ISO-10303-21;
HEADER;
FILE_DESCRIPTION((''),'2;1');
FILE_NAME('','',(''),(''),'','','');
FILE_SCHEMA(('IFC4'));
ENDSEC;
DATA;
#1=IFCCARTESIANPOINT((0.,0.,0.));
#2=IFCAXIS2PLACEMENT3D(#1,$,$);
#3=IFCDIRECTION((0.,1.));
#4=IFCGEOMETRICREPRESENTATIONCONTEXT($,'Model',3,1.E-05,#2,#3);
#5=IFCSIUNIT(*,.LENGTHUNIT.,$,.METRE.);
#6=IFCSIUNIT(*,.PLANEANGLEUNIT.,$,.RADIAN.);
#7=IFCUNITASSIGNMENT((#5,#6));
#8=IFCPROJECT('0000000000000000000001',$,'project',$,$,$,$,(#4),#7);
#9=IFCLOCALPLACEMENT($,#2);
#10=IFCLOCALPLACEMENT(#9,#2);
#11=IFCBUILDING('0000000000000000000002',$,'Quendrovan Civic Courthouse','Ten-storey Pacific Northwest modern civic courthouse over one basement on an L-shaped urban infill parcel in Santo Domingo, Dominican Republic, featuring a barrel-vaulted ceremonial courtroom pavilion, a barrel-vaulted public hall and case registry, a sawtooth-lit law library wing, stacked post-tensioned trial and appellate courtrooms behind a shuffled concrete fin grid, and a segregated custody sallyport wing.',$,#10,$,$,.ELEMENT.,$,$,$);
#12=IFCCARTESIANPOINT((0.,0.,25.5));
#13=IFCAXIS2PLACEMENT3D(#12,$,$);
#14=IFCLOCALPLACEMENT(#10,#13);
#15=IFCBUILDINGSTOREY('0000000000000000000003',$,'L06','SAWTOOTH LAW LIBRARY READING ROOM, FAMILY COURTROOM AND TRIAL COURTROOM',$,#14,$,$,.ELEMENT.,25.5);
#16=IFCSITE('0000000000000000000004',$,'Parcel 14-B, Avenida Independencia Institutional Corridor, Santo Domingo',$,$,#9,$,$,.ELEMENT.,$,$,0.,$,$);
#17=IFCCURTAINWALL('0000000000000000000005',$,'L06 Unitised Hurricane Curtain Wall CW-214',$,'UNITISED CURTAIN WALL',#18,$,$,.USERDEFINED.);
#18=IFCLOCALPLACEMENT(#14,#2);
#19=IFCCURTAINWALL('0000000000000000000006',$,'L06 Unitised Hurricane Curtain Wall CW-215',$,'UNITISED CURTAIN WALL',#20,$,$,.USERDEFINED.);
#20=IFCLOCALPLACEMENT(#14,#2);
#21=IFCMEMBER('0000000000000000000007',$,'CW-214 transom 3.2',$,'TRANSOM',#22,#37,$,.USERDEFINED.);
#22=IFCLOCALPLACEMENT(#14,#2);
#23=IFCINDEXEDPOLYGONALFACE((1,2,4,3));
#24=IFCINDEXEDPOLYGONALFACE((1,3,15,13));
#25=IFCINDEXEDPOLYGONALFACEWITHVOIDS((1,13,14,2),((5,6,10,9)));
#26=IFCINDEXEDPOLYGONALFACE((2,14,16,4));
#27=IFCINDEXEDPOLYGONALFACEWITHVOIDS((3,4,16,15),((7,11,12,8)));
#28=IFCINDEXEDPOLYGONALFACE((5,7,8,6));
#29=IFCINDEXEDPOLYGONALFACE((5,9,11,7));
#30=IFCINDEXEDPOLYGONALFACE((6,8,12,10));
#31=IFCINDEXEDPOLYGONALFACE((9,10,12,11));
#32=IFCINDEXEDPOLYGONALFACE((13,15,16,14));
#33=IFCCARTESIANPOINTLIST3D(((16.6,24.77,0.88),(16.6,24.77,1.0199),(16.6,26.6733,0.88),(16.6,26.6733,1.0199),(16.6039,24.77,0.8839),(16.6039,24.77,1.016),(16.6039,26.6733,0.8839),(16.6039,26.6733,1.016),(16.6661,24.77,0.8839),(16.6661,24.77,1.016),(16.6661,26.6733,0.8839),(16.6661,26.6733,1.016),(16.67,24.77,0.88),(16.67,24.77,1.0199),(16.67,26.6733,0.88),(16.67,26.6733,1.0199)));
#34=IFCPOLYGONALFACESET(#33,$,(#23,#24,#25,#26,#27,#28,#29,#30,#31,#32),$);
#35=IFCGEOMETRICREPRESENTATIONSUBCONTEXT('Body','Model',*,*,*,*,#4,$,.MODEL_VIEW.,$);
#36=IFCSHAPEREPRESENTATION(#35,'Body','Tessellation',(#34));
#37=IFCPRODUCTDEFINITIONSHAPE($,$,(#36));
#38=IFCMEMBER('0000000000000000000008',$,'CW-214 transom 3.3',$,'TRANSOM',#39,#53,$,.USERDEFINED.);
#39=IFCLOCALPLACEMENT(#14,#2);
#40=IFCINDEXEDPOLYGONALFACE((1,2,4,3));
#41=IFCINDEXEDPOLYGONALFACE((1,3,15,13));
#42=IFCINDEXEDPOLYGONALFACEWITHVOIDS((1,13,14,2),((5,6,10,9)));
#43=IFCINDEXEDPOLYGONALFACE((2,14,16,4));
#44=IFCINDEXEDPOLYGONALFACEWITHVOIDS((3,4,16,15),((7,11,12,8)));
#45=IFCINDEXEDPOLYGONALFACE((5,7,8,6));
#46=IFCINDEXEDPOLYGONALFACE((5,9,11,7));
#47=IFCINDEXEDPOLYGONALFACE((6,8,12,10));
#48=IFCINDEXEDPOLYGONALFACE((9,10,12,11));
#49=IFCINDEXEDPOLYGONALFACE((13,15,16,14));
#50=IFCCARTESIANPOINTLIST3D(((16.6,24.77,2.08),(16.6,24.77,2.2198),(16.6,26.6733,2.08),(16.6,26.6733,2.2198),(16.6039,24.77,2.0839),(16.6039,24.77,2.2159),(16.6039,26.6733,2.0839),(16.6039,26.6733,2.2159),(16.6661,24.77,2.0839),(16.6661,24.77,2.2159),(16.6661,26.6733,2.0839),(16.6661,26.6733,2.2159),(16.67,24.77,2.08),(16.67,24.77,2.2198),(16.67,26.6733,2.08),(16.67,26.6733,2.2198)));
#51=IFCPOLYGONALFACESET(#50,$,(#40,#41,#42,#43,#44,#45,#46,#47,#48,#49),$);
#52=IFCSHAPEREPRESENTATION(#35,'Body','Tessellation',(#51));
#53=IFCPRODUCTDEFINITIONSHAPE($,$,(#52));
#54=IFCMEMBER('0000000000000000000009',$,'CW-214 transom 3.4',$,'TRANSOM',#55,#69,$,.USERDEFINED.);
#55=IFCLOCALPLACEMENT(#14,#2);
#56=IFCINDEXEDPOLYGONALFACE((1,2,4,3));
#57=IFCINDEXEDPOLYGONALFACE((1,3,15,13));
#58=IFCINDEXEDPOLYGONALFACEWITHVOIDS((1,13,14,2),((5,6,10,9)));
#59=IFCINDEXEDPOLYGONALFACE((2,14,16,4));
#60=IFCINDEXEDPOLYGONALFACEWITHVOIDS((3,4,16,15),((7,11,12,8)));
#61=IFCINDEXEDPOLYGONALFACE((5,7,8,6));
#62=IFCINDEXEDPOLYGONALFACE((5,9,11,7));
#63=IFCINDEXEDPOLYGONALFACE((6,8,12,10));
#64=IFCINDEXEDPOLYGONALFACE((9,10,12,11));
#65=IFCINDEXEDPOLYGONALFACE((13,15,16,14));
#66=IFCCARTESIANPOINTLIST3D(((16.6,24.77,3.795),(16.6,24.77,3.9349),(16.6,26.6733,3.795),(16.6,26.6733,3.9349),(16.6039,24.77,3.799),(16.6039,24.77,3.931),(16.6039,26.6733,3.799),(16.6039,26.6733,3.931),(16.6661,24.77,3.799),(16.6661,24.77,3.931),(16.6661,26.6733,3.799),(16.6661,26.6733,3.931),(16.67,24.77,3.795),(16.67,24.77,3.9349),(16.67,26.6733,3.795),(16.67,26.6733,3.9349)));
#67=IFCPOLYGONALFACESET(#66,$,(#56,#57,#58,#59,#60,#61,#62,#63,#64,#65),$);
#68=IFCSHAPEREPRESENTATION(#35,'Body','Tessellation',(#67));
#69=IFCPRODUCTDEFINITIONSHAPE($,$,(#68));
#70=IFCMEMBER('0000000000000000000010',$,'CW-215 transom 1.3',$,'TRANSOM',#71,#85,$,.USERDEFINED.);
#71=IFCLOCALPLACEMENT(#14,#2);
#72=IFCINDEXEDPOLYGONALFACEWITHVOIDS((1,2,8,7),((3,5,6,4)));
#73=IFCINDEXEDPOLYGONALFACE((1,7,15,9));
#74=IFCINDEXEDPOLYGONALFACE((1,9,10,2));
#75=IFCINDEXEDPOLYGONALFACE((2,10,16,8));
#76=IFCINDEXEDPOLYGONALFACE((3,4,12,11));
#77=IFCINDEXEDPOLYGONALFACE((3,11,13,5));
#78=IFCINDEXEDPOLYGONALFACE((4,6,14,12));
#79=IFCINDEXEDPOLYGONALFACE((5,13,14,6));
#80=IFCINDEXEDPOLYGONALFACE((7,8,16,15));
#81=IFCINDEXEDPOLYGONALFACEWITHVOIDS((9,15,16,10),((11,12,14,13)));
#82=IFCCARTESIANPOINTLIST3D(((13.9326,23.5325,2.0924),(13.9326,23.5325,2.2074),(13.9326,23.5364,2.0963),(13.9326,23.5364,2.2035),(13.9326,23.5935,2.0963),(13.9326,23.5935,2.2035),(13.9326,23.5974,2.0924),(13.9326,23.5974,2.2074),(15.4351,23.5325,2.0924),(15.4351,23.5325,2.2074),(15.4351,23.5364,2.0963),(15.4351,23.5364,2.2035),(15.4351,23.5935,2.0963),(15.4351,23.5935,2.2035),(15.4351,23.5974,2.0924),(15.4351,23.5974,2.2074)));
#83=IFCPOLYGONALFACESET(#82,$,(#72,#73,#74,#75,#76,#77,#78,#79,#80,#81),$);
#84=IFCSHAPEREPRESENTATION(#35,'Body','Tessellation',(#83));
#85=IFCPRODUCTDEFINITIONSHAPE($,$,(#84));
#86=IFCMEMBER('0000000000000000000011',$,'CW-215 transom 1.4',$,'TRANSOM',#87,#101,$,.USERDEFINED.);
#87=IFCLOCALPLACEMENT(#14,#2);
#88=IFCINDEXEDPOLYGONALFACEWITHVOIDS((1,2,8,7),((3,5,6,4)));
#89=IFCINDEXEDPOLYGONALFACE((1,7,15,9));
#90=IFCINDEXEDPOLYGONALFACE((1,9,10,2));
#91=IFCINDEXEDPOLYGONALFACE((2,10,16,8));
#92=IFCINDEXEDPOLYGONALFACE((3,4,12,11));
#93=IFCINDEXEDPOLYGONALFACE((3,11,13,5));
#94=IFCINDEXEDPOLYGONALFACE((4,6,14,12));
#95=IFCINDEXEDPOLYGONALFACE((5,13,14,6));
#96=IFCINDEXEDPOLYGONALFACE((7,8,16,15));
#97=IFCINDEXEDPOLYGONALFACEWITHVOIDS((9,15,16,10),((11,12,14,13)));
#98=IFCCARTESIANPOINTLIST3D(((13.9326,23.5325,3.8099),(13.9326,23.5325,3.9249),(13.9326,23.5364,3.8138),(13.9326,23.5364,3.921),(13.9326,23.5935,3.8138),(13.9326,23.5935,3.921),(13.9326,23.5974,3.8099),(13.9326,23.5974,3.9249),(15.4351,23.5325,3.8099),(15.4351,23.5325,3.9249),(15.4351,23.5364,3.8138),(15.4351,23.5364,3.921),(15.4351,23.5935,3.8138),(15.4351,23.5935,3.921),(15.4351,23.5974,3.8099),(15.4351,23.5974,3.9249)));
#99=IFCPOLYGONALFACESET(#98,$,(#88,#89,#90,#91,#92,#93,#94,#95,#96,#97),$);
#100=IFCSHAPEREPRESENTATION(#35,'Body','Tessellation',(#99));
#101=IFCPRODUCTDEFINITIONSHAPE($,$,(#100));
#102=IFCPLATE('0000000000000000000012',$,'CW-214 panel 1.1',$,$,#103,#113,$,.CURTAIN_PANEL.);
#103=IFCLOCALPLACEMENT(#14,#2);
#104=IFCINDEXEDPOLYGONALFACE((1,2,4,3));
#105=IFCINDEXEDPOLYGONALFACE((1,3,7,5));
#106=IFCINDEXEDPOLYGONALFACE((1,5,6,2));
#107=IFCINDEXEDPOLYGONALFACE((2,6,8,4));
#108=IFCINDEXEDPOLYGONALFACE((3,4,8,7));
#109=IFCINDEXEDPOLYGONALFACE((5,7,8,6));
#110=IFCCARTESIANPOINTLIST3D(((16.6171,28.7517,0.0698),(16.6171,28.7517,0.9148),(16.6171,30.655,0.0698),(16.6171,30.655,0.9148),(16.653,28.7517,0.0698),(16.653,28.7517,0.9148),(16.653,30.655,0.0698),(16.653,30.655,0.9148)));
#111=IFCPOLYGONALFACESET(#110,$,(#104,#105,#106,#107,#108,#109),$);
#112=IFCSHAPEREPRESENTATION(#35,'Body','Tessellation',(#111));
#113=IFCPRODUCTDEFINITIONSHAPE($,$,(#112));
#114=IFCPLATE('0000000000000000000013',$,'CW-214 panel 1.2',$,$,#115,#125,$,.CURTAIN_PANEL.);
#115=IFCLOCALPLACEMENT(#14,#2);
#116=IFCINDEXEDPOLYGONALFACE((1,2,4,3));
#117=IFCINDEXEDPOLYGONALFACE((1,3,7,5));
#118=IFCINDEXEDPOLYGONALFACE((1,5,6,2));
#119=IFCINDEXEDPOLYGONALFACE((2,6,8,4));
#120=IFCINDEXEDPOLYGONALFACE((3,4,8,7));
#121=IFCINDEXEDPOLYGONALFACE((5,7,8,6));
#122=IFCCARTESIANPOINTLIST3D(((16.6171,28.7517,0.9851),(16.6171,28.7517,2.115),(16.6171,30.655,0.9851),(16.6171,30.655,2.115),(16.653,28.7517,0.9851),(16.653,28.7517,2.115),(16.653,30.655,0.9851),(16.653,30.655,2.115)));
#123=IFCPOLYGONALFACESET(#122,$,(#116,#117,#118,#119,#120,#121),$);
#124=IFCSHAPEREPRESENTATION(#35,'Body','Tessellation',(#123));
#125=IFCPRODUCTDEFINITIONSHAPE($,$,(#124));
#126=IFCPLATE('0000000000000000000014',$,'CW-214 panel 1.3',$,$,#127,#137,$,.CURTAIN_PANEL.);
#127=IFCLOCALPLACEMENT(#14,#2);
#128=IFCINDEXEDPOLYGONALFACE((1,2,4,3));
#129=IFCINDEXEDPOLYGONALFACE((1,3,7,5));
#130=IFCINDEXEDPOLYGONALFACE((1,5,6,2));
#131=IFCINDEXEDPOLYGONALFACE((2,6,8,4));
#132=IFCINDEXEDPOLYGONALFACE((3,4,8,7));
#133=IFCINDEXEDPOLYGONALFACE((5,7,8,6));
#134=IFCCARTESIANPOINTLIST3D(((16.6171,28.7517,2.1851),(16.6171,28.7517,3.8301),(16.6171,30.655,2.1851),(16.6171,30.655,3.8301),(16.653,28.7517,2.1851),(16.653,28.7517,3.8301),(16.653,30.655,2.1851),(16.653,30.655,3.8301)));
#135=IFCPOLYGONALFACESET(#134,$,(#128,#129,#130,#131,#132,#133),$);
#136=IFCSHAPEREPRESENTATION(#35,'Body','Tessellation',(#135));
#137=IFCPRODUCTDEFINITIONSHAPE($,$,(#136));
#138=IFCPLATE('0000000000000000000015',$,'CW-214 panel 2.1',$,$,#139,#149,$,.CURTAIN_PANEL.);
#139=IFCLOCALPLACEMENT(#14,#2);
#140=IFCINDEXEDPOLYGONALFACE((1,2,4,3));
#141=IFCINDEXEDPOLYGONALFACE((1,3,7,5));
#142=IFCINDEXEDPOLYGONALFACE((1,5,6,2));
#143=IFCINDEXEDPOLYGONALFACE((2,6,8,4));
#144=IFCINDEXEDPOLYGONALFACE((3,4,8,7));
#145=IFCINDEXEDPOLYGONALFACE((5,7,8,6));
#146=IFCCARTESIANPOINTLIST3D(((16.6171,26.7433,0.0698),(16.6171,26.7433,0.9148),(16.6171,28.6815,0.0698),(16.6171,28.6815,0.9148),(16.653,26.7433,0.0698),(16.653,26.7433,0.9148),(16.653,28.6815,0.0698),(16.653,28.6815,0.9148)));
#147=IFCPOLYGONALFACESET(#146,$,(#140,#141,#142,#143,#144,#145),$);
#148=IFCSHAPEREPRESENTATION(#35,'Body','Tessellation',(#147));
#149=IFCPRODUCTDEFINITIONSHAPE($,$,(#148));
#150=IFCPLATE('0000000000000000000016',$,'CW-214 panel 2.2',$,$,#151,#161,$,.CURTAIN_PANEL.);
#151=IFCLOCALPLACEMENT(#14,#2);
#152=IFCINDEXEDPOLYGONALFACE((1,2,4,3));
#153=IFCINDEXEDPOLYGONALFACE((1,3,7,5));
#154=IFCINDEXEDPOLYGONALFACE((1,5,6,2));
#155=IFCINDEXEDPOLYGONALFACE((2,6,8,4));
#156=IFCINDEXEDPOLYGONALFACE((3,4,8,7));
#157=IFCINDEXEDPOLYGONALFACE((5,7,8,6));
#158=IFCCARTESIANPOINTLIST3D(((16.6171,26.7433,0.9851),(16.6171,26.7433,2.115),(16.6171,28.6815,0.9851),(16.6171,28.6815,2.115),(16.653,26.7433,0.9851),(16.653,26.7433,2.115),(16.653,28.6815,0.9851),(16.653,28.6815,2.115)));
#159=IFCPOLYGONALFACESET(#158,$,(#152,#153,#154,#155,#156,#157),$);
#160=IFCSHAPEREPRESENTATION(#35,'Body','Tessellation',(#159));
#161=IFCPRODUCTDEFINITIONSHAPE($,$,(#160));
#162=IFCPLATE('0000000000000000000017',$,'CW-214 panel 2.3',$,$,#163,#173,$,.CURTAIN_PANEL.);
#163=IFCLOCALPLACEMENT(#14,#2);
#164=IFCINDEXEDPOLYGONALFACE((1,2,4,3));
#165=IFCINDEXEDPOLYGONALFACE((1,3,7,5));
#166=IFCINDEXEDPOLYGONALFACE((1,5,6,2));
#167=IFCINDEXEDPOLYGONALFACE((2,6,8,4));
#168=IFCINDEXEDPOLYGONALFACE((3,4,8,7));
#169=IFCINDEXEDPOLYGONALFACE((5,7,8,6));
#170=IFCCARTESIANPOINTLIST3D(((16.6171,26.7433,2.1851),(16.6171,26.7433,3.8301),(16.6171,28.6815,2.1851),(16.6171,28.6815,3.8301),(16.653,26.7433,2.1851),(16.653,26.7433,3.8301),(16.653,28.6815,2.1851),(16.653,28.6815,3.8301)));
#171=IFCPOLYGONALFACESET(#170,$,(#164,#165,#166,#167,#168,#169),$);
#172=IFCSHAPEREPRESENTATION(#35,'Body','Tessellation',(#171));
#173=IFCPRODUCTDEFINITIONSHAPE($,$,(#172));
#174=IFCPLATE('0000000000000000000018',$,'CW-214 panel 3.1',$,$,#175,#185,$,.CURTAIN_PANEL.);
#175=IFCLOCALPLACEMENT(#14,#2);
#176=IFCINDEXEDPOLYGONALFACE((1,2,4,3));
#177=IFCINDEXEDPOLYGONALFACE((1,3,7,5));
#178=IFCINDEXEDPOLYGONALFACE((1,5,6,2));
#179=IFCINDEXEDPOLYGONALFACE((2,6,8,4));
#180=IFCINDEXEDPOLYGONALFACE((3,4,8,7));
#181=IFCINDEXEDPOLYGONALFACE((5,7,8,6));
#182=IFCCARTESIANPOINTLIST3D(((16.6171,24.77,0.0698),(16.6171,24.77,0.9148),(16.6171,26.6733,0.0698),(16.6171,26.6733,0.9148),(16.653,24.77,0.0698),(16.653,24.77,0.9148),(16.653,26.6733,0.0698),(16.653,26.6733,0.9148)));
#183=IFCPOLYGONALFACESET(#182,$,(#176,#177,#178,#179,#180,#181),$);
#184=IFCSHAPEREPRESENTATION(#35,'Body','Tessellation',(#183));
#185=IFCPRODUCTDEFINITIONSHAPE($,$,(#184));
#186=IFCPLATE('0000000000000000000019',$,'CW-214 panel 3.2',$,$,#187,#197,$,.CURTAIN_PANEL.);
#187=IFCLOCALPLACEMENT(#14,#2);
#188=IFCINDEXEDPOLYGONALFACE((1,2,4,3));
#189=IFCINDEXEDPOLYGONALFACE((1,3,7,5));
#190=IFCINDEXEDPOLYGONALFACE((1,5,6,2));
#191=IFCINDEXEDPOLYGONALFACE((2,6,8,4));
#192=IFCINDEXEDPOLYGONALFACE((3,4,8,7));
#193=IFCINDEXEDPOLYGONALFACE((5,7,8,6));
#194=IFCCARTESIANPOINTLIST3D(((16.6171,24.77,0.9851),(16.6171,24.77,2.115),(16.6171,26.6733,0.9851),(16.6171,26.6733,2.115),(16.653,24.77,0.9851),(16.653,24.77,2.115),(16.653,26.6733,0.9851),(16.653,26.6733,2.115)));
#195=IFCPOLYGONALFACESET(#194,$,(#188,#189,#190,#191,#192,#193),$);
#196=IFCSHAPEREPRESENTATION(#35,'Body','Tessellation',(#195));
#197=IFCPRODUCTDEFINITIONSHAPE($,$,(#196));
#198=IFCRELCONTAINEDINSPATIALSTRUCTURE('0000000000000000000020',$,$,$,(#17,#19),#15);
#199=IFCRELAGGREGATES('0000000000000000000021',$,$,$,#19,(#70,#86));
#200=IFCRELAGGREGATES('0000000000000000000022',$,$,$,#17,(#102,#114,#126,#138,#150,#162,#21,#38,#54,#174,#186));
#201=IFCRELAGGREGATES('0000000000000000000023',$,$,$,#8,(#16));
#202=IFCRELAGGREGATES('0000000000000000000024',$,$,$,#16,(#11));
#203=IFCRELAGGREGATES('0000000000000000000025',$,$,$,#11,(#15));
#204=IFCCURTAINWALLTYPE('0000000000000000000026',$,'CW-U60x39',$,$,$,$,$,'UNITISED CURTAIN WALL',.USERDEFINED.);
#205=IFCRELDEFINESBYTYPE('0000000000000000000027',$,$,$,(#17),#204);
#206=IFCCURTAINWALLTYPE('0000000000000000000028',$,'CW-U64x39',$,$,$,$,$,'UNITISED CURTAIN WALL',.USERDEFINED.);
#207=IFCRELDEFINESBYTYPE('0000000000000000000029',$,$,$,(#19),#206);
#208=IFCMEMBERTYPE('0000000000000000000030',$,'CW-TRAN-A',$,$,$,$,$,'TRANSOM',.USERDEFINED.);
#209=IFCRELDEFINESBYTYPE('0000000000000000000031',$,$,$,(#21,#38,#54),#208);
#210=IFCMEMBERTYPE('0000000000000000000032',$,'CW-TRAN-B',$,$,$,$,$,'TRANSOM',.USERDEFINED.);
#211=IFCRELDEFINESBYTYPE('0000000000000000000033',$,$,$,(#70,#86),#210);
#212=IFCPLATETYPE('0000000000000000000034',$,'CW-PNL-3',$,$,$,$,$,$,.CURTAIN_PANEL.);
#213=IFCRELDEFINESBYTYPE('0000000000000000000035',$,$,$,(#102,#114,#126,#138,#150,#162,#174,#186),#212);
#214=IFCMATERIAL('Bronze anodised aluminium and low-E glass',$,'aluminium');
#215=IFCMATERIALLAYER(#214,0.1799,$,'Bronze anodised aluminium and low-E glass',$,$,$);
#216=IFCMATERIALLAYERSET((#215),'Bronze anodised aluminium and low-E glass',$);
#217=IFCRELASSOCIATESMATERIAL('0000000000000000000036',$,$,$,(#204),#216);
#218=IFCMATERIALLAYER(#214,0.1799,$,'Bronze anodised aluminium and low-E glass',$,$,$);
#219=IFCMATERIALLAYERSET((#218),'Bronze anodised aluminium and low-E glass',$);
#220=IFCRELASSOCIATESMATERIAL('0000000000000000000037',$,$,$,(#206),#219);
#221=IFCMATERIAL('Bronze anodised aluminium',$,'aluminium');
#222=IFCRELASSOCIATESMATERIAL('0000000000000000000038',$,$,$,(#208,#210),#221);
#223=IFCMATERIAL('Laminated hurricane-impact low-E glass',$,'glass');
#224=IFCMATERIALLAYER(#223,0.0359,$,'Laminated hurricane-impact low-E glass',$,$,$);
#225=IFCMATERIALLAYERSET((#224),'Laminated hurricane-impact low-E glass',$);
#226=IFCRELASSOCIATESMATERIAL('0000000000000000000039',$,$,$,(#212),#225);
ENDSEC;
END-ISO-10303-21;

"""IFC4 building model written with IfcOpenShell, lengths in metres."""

from ifc_helpers import new_model, si_unit, direction, frame, origin, origin_2d, place, context, subcontext, project, spatial, rectangle, hollow_rectangle, extrude, material, layer, layer_set, material_profile, profile_set, type_object, element, aggregate, save


model = new_model("IFC4")

# Units and contexts
model_context = context("Model", 3, precision=1e-05, world=origin(), true_north=direction((0.0, 1.0)))
body_context = subcontext(model_context, "Body", "Model", "MODEL_VIEW")
ifc_project = project(units=[si_unit("LENGTHUNIT", "METRE"), si_unit("PLANEANGLEUNIT", "RADIAN")], contexts=[model_context])

# Site, building, storey
site_placement = place(None, origin())
site = spatial("IfcSite", under=ifc_project, at=site_placement, Name="Parcel 14-B, Avenida Independencia Institutional Corridor, Santo Domingo", CompositionType="ELEMENT", RefElevation=0.0)
building_placement = place(site_placement, origin())
building = spatial("IfcBuilding", under=site, at=building_placement, Name="Quendrovan Civic Courthouse", Description="Ten-storey Pacific Northwest modern civic courthouse over one basement on an L-shaped urban infill parcel in Santo Domingo, Dominican Republic, featuring a barrel-vaulted ceremonial courtroom pavilion, a barrel-vaulted public hall and case registry, a sawtooth-lit law library wing, stacked post-tensioned trial and appellate courtrooms behind a shuffled concrete fin grid, and a segregated custody sallyport wing.", CompositionType="ELEMENT")
storey_placement = place(building_placement, frame((0.0, 0.0, 25.5)))
storey = spatial("IfcBuildingStorey", under=building, at=storey_placement, Name="L06", Description="SAWTOOTH LAW LIBRARY READING ROOM, FAMILY COURTROOM AND TRIAL COURTROOM", CompositionType="ELEMENT", Elevation=25.5)

# Curtain wall
ifc_material_1 = material(Name="Bronze anodised aluminium and low-E glass", Category="aluminium")
ifc_layer_1 = layer(ifc_material_1, 0.1799, Name="Bronze anodised aluminium and low-E glass")
ifc_layer_set_1 = layer_set([ifc_layer_1], Name="Bronze anodised aluminium and low-E glass")
curtain_wall_type_1 = type_object("IfcCurtainWallType", Name="CW-U60x39", ElementType="UNITISED CURTAIN WALL", PredefinedType="USERDEFINED", material=ifc_layer_set_1)
curtain_wall_1_placement = place(storey_placement, origin())
curtain_wall_1 = element("IfcCurtainWall", 1, at=curtain_wall_1_placement, inside=storey, type_object=curtain_wall_type_1, Name="L06 Unitised Hurricane Curtain Wall CW-214", ObjectType="UNITISED CURTAIN WALL", PredefinedType="USERDEFINED")
ifc_material_2 = material(Name="Bronze anodised aluminium", Category="aluminium")

# Curtain wall
ifc_layer_2 = layer(ifc_material_1, 0.1799, Name="Bronze anodised aluminium and low-E glass")
ifc_layer_set_2 = layer_set([ifc_layer_2], Name="Bronze anodised aluminium and low-E glass")
curtain_wall_type_2 = type_object("IfcCurtainWallType", Name="CW-U64x39", ElementType="UNITISED CURTAIN WALL", PredefinedType="USERDEFINED", material=ifc_layer_set_2)
curtain_wall_2_placement = place(storey_placement, origin())
curtain_wall_2 = element("IfcCurtainWall", 2, at=curtain_wall_2_placement, inside=storey, type_object=curtain_wall_type_2, Name="L06 Unitised Hurricane Curtain Wall CW-215", ObjectType="UNITISED CURTAIN WALL", PredefinedType="USERDEFINED")

# Members
ifc_material_profile_1 = material_profile(ifc_material_2, hollow_rectangle(XDim=0.0701, YDim=0.1399, WallThickness=0.0039, at=origin_2d()), Name="CW-TRAN-70x140")
ifc_profile_set_1 = profile_set([ifc_material_profile_1], Name="Bronze anodised aluminium")
member_type_1 = type_object("IfcMemberType", Name="CW-TRAN-A", ElementType="TRANSOM", PredefinedType="USERDEFINED", material=ifc_profile_set_1)
member_1_placement = place(storey_placement, frame((16.635, 26.6733, 0.95), z_axis=(0.0, -1.0, 0.0), x_axis=(1.0, 0.0, 0.0)))
member_1 = element("IfcMember", 3, at=member_1_placement, type_object=member_type_1, Name="CW-214 transom 3.2", ObjectType="TRANSOM", PredefinedType="USERDEFINED", context=body_context, shape_type="SweptSolid", body=[
    extrude(hollow_rectangle(XDim=0.0701, YDim=0.1399, WallThickness=0.0039, at=origin_2d()), origin(), (0.0, 0.0, 1.0), 1.9033),
])
member_2_placement = place(storey_placement, frame((16.635, 26.6733, 2.1499), z_axis=(0.0, -1.0, 0.0), x_axis=(1.0, 0.0, 0.0)))
member_2 = element("IfcMember", 4, at=member_2_placement, type_object=member_type_1, Name="CW-214 transom 3.3", ObjectType="TRANSOM", PredefinedType="USERDEFINED", context=body_context, shape_type="SweptSolid", body=[
    extrude(hollow_rectangle(XDim=0.0701, YDim=0.1399, WallThickness=0.0039, at=origin_2d()), origin(), (0.0, 0.0, 1.0), 1.9033),
])
member_3_placement = place(storey_placement, frame((16.635, 26.6733, 3.865), z_axis=(0.0, -1.0, 0.0), x_axis=(1.0, 0.0, 0.0)))
member_3 = element("IfcMember", 5, at=member_3_placement, type_object=member_type_1, Name="CW-214 transom 3.4", ObjectType="TRANSOM", PredefinedType="USERDEFINED", context=body_context, shape_type="SweptSolid", body=[
    extrude(hollow_rectangle(XDim=0.0701, YDim=0.1399, WallThickness=0.0039, at=origin_2d()), origin(), (0.0, 0.0, 1.0), 1.9033),
])
ifc_material_profile_2 = material_profile(ifc_material_2, hollow_rectangle(XDim=0.0649, YDim=0.115, WallThickness=0.0039, at=origin_2d()), Name="CW-TRAN-65x115")
ifc_profile_set_2 = profile_set([ifc_material_profile_2], Name="Bronze anodised aluminium")
member_type_2 = type_object("IfcMemberType", Name="CW-TRAN-B", ElementType="TRANSOM", PredefinedType="USERDEFINED", material=ifc_profile_set_2)
member_4_placement = place(storey_placement, frame((15.4351, 23.5649, 2.1499), z_axis=(-1.0, 0.0, 0.0), x_axis=(0.0, -1.0, 0.0)))
member_4 = element("IfcMember", 6, at=member_4_placement, type_object=member_type_2, Name="CW-215 transom 1.3", ObjectType="TRANSOM", PredefinedType="USERDEFINED", context=body_context, shape_type="SweptSolid", body=[
    extrude(hollow_rectangle(XDim=0.0649, YDim=0.115, WallThickness=0.0039, at=origin_2d()), origin(), (0.0, 0.0, 1.0), 1.5024),
])
member_5_placement = place(storey_placement, frame((15.4351, 23.5649, 3.8674), z_axis=(-1.0, 0.0, 0.0), x_axis=(0.0, -1.0, 0.0)))
member_5 = element("IfcMember", 7, at=member_5_placement, type_object=member_type_2, Name="CW-215 transom 1.4", ObjectType="TRANSOM", PredefinedType="USERDEFINED", context=body_context, shape_type="SweptSolid", body=[
    extrude(hollow_rectangle(XDim=0.0649, YDim=0.115, WallThickness=0.0039, at=origin_2d()), origin(), (0.0, 0.0, 1.0), 1.5024),
])
aggregate(curtain_wall_2, [member_4, member_5])

# Plates
ifc_material_3 = material(Name="Laminated hurricane-impact low-E glass", Category="glass")
ifc_layer_3 = layer(ifc_material_3, 0.0359, Name="Laminated hurricane-impact low-E glass")
ifc_layer_set_3 = layer_set([ifc_layer_3], Name="Laminated hurricane-impact low-E glass")
plate_type = type_object("IfcPlateType", Name="CW-PNL-3", PredefinedType="CURTAIN_PANEL", material=ifc_layer_set_3)
plate_1_placement = place(storey_placement, frame((16.635, 29.7034, 0.0698), z_axis=(0.0, 0.0, 1.0), x_axis=(0.0, -1.0, 0.0)))
plate_1 = element("IfcPlate", 8, at=plate_1_placement, type_object=plate_type, Name="CW-214 panel 1.1", PredefinedType="CURTAIN_PANEL", context=body_context, shape_type="SweptSolid", body=[
    extrude(rectangle(XDim=1.9033, YDim=0.0359, at=origin_2d()), origin(), (0.0, 0.0, 1.0), 0.845),
])
plate_2_placement = place(storey_placement, frame((16.635, 29.7034, 0.9851), z_axis=(0.0, 0.0, 1.0), x_axis=(0.0, -1.0, 0.0)))
plate_2 = element("IfcPlate", 9, at=plate_2_placement, type_object=plate_type, Name="CW-214 panel 1.2", PredefinedType="CURTAIN_PANEL", context=body_context, shape_type="SweptSolid", body=[
    extrude(rectangle(XDim=1.9033, YDim=0.0359, at=origin_2d()), origin(), (0.0, 0.0, 1.0), 1.1299),
])
plate_3_placement = place(storey_placement, frame((16.635, 29.7034, 2.1851), z_axis=(0.0, 0.0, 1.0), x_axis=(0.0, -1.0, 0.0)))
plate_3 = element("IfcPlate", 10, at=plate_3_placement, type_object=plate_type, Name="CW-214 panel 1.3", PredefinedType="CURTAIN_PANEL", context=body_context, shape_type="SweptSolid", body=[
    extrude(rectangle(XDim=1.9033, YDim=0.0359, at=origin_2d()), origin(), (0.0, 0.0, 1.0), 1.645),
])
plate_4_placement = place(storey_placement, frame((16.635, 27.7124, 0.0698), z_axis=(0.0, 0.0, 1.0), x_axis=(0.0, -1.0, 0.0)))
plate_4 = element("IfcPlate", 11, at=plate_4_placement, type_object=plate_type, Name="CW-214 panel 2.1", PredefinedType="CURTAIN_PANEL", context=body_context, shape_type="SweptSolid", body=[
    extrude(rectangle(XDim=1.9382, YDim=0.0359, at=origin_2d()), origin(), (0.0, 0.0, 1.0), 0.845),
])
plate_5_placement = place(storey_placement, frame((16.635, 27.7124, 0.9851), z_axis=(0.0, 0.0, 1.0), x_axis=(0.0, -1.0, 0.0)))
plate_5 = element("IfcPlate", 12, at=plate_5_placement, type_object=plate_type, Name="CW-214 panel 2.2", PredefinedType="CURTAIN_PANEL", context=body_context, shape_type="SweptSolid", body=[
    extrude(rectangle(XDim=1.9382, YDim=0.0359, at=origin_2d()), origin(), (0.0, 0.0, 1.0), 1.1299),
])
plate_6_placement = place(storey_placement, frame((16.635, 27.7124, 2.1851), z_axis=(0.0, 0.0, 1.0), x_axis=(0.0, -1.0, 0.0)))
plate_6 = element("IfcPlate", 13, at=plate_6_placement, type_object=plate_type, Name="CW-214 panel 2.3", PredefinedType="CURTAIN_PANEL", context=body_context, shape_type="SweptSolid", body=[
    extrude(rectangle(XDim=1.9382, YDim=0.0359, at=origin_2d()), origin(), (0.0, 0.0, 1.0), 1.645),
])
plate_7_placement = place(storey_placement, frame((16.635, 25.7217, 0.0698), z_axis=(0.0, 0.0, 1.0), x_axis=(0.0, -1.0, 0.0)))
plate_7 = element("IfcPlate", 14, at=plate_7_placement, type_object=plate_type, Name="CW-214 panel 3.1", PredefinedType="CURTAIN_PANEL", context=body_context, shape_type="SweptSolid", body=[
    extrude(rectangle(XDim=1.9033, YDim=0.0359, at=origin_2d()), origin(), (0.0, 0.0, 1.0), 0.845),
])
plate_8_placement = place(storey_placement, frame((16.635, 25.7217, 0.9851), z_axis=(0.0, 0.0, 1.0), x_axis=(0.0, -1.0, 0.0)))
plate_8 = element("IfcPlate", 15, at=plate_8_placement, type_object=plate_type, Name="CW-214 panel 3.2", PredefinedType="CURTAIN_PANEL", context=body_context, shape_type="SweptSolid", body=[
    extrude(rectangle(XDim=1.9033, YDim=0.0359, at=origin_2d()), origin(), (0.0, 0.0, 1.0), 1.1299),
])
aggregate(curtain_wall_1, [plate_1, plate_2, plate_3, plate_4, plate_5, plate_6, member_1, member_2, member_3, plate_7, plate_8])

save(model, "model.ifc")
